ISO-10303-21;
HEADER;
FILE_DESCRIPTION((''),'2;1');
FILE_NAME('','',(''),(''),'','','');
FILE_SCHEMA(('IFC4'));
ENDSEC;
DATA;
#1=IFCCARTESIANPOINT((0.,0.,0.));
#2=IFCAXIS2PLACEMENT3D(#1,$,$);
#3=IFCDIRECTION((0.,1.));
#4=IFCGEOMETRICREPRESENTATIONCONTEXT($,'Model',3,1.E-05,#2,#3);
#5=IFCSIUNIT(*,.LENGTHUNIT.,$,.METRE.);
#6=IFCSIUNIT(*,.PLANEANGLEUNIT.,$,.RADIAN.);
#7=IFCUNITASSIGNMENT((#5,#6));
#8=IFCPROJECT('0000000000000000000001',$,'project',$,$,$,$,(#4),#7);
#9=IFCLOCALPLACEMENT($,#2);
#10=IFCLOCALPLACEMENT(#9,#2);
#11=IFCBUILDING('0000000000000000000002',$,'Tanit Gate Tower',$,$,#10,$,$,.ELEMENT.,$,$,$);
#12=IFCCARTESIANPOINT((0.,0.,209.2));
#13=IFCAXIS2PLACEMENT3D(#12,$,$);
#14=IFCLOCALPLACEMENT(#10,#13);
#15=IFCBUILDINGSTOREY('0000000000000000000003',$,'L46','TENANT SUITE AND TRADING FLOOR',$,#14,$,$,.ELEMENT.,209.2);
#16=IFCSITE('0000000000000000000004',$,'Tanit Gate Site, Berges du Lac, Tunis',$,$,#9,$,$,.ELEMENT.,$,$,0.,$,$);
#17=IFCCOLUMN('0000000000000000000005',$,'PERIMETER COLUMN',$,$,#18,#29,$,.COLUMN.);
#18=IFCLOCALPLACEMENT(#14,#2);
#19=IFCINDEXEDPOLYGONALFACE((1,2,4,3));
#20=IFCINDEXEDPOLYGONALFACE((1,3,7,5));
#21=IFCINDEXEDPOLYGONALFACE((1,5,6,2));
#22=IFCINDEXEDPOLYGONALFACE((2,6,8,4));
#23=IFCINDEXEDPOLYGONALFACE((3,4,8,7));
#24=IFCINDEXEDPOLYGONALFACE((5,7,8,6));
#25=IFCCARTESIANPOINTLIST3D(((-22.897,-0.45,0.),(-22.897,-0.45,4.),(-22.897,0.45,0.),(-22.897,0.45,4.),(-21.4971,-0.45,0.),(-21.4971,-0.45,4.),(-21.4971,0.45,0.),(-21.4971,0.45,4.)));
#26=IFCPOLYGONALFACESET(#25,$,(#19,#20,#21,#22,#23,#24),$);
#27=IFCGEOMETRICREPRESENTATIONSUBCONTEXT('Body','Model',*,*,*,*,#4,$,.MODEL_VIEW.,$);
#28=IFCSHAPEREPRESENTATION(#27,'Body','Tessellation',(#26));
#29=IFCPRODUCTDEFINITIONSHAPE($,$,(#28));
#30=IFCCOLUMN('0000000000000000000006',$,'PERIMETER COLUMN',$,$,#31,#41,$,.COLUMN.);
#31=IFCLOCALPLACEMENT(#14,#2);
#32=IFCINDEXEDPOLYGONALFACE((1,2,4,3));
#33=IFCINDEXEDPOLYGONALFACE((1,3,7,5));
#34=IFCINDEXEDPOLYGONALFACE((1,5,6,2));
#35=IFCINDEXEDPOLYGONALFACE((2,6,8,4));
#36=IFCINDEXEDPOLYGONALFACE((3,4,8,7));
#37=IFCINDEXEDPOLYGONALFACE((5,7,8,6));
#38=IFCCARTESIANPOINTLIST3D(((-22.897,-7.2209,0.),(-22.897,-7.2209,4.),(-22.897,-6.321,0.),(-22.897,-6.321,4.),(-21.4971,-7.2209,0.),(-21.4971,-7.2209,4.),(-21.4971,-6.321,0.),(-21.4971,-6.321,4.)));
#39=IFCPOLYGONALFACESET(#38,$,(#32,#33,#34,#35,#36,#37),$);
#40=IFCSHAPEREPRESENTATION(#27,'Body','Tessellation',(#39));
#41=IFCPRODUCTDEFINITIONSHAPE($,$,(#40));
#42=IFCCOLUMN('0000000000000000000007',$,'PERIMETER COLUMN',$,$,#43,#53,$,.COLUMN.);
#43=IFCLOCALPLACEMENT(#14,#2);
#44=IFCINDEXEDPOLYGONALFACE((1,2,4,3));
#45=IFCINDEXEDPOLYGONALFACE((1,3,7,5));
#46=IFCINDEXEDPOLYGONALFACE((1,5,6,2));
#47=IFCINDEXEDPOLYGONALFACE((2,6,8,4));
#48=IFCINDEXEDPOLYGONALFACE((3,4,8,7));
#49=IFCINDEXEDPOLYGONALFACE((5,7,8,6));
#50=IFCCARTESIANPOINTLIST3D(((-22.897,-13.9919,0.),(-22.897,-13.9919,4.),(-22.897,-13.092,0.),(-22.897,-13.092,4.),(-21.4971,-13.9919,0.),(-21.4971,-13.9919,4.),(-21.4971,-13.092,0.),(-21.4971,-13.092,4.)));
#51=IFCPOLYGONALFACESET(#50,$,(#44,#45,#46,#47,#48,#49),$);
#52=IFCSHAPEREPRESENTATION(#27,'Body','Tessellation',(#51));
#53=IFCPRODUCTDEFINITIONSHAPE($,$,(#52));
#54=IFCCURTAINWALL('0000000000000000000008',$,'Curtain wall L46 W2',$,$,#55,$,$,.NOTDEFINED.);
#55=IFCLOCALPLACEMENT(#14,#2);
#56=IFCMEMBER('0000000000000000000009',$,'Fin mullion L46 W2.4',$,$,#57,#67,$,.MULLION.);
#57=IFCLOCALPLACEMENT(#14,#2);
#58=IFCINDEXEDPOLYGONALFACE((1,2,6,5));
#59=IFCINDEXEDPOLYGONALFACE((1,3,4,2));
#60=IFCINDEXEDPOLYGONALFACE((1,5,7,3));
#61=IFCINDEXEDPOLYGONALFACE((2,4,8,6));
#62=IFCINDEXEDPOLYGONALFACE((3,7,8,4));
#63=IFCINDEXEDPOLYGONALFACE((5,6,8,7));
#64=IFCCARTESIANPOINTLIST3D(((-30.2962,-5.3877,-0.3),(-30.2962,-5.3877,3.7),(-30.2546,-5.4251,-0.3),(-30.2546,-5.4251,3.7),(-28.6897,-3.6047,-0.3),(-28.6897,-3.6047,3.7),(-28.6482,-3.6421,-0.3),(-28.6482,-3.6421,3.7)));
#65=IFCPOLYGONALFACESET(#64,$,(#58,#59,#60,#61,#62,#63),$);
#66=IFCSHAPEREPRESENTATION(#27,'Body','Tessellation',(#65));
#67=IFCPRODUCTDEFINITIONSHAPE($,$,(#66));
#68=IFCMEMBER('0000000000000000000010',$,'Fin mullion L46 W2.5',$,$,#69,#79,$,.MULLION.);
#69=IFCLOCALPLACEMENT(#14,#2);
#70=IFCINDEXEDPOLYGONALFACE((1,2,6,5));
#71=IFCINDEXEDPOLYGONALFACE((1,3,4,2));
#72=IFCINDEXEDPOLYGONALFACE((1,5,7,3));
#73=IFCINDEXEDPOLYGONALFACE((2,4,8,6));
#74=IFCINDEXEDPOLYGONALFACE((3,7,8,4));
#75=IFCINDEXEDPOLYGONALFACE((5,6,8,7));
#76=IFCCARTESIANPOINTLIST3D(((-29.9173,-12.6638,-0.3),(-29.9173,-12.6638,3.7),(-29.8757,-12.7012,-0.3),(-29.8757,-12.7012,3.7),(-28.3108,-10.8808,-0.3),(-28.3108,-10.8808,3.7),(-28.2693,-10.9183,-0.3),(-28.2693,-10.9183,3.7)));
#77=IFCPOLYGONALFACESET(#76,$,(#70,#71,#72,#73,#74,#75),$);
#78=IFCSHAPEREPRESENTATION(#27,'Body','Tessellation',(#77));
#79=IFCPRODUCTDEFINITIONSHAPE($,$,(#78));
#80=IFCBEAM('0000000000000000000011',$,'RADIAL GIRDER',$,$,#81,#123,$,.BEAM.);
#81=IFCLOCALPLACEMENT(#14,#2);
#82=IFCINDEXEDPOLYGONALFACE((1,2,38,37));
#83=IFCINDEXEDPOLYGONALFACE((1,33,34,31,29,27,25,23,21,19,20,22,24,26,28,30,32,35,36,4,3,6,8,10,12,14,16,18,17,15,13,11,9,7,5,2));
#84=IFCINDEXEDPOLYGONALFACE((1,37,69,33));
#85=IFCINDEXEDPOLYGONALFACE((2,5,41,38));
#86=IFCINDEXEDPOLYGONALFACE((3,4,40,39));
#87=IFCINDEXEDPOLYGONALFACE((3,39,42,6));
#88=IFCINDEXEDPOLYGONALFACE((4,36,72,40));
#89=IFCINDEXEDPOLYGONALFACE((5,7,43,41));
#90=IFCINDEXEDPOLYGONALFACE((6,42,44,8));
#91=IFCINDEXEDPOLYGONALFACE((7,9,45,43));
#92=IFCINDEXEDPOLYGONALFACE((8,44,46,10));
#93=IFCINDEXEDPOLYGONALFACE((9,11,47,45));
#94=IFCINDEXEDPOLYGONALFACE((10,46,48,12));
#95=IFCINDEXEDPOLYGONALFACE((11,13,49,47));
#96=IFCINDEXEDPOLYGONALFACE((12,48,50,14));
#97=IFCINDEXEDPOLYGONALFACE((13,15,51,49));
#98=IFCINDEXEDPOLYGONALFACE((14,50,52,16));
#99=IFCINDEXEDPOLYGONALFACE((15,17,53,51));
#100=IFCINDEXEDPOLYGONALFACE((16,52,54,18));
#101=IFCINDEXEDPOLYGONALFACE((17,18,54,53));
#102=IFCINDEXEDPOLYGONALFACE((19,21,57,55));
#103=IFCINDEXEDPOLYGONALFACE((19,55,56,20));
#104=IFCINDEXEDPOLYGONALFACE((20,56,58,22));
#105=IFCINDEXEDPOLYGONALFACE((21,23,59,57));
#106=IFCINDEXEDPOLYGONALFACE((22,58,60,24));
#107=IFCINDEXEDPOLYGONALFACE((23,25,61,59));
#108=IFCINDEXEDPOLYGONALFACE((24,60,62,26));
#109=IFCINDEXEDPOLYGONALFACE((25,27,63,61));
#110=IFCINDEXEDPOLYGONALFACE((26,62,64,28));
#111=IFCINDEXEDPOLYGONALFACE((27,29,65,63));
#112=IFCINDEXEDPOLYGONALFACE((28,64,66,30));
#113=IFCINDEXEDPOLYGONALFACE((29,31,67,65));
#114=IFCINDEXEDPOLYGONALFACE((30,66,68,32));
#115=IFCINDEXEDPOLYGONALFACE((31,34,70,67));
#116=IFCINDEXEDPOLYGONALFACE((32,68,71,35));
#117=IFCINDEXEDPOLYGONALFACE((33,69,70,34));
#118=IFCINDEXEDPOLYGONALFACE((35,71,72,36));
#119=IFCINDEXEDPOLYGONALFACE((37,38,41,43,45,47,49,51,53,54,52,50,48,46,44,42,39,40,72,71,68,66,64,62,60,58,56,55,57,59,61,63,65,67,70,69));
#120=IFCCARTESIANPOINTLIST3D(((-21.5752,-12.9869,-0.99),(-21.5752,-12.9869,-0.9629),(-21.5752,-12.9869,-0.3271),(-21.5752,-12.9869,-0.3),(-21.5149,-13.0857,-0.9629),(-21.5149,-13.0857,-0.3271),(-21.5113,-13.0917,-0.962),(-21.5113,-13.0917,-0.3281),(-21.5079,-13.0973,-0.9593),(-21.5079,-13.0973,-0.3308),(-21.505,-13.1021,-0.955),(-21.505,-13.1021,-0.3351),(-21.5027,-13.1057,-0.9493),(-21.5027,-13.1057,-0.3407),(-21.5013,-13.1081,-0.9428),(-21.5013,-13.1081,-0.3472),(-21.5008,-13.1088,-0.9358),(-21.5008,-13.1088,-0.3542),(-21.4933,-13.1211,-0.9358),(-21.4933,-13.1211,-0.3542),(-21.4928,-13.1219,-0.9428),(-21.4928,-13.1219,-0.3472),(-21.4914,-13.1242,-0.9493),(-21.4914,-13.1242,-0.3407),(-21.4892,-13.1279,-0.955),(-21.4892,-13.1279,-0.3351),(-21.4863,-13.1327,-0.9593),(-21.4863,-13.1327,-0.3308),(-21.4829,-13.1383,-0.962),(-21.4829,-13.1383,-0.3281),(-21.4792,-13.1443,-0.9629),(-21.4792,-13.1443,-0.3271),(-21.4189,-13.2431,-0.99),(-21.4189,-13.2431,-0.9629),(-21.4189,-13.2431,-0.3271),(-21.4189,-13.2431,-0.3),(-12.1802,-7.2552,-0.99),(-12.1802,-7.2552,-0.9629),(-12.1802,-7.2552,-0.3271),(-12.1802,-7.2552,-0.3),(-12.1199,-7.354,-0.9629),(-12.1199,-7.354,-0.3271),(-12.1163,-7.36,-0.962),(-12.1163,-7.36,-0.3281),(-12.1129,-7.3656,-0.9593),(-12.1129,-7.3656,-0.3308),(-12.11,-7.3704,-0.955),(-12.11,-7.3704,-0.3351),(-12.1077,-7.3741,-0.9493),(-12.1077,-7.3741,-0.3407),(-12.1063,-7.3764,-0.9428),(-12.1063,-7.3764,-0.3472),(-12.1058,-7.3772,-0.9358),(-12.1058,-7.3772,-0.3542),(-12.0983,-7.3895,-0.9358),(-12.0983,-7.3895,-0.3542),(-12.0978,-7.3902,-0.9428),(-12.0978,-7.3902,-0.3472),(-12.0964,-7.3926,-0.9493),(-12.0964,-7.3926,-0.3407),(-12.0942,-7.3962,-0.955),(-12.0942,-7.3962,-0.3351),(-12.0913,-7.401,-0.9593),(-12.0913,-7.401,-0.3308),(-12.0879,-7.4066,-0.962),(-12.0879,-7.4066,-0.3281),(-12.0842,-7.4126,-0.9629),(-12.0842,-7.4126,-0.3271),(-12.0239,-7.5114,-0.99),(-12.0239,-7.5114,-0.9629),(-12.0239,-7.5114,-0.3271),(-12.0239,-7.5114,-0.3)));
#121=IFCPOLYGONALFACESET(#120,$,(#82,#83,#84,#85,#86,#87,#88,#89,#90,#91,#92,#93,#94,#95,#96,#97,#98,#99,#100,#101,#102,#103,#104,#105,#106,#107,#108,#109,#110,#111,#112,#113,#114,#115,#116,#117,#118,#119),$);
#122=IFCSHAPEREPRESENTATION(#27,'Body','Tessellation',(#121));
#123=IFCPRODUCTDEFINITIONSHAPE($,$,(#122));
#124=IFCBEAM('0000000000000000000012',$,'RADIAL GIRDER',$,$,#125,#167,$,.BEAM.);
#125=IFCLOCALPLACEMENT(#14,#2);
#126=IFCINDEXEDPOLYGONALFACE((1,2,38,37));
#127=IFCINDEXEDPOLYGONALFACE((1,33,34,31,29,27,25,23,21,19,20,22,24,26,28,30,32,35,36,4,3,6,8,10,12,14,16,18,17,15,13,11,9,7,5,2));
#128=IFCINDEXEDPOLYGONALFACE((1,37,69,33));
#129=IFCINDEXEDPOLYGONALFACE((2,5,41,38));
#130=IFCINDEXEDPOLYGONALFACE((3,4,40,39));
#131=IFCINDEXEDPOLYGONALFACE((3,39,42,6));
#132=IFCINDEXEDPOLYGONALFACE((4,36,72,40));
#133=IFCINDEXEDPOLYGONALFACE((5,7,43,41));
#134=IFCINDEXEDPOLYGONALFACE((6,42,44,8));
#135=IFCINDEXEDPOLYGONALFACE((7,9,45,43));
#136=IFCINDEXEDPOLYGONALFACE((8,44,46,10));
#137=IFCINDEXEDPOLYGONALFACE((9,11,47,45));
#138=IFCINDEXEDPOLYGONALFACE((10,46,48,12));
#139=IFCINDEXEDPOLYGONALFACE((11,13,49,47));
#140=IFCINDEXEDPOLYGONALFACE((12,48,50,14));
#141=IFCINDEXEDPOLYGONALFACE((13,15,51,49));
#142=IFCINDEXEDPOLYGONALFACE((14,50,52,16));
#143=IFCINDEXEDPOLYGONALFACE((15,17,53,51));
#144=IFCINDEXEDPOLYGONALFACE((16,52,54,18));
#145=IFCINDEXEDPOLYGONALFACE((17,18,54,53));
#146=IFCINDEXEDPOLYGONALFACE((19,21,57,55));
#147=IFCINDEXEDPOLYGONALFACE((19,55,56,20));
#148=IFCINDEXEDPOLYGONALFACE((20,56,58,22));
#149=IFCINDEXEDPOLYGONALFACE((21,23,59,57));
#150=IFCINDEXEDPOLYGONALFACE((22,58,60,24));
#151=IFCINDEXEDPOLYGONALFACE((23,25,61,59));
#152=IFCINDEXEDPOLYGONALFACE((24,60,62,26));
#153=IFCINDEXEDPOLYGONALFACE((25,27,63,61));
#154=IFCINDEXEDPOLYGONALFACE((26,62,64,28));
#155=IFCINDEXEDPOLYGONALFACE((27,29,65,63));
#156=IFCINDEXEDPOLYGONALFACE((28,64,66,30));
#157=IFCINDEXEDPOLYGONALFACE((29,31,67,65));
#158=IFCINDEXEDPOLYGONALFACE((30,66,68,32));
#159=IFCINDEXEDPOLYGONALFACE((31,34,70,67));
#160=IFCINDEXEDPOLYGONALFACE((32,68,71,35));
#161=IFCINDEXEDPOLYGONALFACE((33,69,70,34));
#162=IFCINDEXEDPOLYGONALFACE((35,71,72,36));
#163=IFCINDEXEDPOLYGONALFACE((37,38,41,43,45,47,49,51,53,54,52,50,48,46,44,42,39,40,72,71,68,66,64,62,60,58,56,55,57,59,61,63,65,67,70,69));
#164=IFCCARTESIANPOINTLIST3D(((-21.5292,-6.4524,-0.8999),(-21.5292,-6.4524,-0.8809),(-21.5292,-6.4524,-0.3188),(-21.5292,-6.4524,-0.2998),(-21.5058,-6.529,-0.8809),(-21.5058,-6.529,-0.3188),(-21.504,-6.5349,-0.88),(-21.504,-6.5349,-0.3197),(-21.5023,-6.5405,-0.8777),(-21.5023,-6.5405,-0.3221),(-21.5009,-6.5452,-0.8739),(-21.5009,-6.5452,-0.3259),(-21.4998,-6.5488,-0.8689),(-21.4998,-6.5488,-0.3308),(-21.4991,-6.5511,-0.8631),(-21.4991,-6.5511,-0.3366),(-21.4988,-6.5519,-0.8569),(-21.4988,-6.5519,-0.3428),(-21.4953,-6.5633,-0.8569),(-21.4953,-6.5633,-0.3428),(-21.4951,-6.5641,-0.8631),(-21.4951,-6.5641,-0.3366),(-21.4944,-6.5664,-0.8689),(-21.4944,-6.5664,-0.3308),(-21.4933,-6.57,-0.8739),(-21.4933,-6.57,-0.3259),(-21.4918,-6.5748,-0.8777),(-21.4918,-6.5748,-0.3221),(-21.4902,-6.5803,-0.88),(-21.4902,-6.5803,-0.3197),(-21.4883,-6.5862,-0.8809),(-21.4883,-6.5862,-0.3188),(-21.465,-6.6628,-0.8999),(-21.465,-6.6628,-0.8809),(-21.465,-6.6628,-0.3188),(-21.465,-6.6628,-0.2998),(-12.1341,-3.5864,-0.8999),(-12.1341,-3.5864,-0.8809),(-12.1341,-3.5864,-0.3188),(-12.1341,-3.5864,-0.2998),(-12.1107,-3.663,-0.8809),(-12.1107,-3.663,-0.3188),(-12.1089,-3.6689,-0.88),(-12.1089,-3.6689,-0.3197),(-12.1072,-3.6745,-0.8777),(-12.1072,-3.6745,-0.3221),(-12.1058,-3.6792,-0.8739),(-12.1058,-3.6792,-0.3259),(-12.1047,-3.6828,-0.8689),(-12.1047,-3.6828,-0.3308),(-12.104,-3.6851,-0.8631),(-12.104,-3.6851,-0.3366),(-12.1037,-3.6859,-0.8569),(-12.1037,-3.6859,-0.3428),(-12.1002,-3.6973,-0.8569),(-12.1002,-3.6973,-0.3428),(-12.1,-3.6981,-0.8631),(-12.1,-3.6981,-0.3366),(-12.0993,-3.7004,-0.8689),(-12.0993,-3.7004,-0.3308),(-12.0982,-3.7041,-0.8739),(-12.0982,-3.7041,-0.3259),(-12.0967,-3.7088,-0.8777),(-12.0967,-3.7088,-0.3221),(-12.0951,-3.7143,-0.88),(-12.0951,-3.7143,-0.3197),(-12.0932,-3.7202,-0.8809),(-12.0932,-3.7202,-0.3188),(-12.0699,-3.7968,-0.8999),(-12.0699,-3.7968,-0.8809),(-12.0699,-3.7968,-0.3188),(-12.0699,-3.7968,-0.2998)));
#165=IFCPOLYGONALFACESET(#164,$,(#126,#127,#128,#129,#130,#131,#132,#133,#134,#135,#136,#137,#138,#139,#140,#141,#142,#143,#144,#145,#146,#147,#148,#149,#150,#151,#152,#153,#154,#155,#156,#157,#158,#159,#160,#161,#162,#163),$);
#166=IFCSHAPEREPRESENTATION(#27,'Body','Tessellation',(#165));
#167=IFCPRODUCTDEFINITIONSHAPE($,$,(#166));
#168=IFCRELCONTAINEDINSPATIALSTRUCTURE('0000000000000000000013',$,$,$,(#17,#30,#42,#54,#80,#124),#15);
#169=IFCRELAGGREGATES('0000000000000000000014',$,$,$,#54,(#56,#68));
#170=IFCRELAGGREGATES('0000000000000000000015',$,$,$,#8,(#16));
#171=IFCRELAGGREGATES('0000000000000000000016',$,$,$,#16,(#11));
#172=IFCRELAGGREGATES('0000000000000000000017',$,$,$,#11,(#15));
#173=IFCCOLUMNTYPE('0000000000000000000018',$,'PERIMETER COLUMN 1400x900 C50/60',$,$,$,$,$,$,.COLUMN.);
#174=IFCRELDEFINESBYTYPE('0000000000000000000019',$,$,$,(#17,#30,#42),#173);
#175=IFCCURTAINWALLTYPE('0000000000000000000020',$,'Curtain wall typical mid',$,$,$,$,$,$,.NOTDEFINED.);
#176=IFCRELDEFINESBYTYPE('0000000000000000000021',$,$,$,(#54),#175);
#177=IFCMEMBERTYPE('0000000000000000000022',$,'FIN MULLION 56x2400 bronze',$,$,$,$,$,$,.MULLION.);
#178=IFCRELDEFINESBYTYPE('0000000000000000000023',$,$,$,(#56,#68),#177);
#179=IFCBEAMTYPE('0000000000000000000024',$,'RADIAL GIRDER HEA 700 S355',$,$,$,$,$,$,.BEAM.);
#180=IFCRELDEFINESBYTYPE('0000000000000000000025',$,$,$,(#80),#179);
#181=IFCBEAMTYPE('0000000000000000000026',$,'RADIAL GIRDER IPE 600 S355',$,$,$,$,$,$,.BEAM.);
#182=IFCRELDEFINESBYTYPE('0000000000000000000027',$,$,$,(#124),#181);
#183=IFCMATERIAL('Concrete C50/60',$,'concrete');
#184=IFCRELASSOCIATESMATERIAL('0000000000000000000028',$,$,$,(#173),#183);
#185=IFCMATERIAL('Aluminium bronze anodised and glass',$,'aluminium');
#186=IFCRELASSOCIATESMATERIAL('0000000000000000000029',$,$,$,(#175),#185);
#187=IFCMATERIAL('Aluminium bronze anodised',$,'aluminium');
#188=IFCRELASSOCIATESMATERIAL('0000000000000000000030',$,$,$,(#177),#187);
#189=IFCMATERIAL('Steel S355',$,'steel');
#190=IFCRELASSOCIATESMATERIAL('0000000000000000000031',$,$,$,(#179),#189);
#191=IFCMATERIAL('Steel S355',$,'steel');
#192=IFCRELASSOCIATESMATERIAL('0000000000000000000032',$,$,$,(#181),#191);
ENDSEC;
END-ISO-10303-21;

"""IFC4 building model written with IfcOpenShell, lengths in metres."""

from ifc_helpers import new_model, si_unit, direction, frame, origin, origin_2d, place, context, subcontext, project, spatial, rectangle, i_section, extrude, material, material_profile, profile_set, type_object, element, aggregate, save


model = new_model("IFC4")

# Units and contexts
model_context = context("Model", 3, precision=1e-05, world=origin(), true_north=direction((0.0, 1.0)))
body_context = subcontext(model_context, "Body", "Model", "MODEL_VIEW")
ifc_project = project(units=[si_unit("LENGTHUNIT", "METRE"), si_unit("PLANEANGLEUNIT", "RADIAN")], contexts=[model_context])

# Site, building, storey
site_placement = place(None, origin())
site = spatial("IfcSite", under=ifc_project, at=site_placement, Name="Tanit Gate Site, Berges du Lac, Tunis", CompositionType="ELEMENT", RefElevation=0.0)
building_placement = place(site_placement, origin())
building = spatial("IfcBuilding", under=site, at=building_placement, Name="Tanit Gate Tower", CompositionType="ELEMENT")
storey_placement = place(building_placement, frame((0.0, 0.0, 209.2)))
storey = spatial("IfcBuildingStorey", under=building, at=storey_placement, Name="L46", Description="TENANT SUITE AND TRADING FLOOR", CompositionType="ELEMENT", Elevation=209.2)

# Columns
ifc_material_1 = material(Name="Concrete C50/60", Category="concrete")
ifc_material_profile_1 = material_profile(ifc_material_1, rectangle(XDim=1.3999, YDim=0.8999, at=origin_2d()), Name="RC 1400x900")
ifc_profile_set_1 = profile_set([ifc_material_profile_1], Name="Concrete C50/60")
column_type = type_object("IfcColumnType", Name="PERIMETER COLUMN 1400x900 C50/60", PredefinedType="COLUMN", material=ifc_profile_set_1)
for number, where, z_axis, x_axis, name in (
    (1, (-22.197, 0.0, 0.0), (0.0, 0.0, 1.0), (-1.0, 0.0, 0.0), "PERIMETER COLUMN"),
    (2, (-22.197, -6.771, 0.0), (0.0, 0.0, 1.0), (-1.0, 0.0, 0.0), "PERIMETER COLUMN"),
    (3, (-22.197, -13.542, 0.0), (0.0, 0.0, 1.0), (-1.0, 0.0, 0.0), "PERIMETER COLUMN"),
):
    element("IfcColumn", number, at=place(storey_placement, frame(where, z_axis=z_axis, x_axis=x_axis)), inside=storey, type_object=column_type, Name=name, PredefinedType="COLUMN", context=body_context, shape_type="SweptSolid", body=[
        extrude(rectangle(XDim=1.3999, YDim=0.8999, at=origin_2d()), origin(), (0.0, 0.0, 1.0), 4.0),
    ])

# Curtain wall, members
ifc_material_2 = material(Name="Aluminium bronze anodised and glass", Category="aluminium")
curtain_wall_type = type_object("IfcCurtainWallType", Name="Curtain wall typical mid", PredefinedType="NOTDEFINED", material=ifc_material_2)
curtain_wall_placement = place(storey_placement, origin())
curtain_wall = element("IfcCurtainWall", 4, at=curtain_wall_placement, inside=storey, type_object=curtain_wall_type, Name="Curtain wall L46 W2", PredefinedType="NOTDEFINED")
ifc_material_3 = material(Name="Aluminium bronze anodised", Category="aluminium")
ifc_material_profile_2 = material_profile(ifc_material_3, rectangle(XDim=2.3999, YDim=0.0559, at=origin_2d()), Name="56x2400 bronze fin mullion")
ifc_profile_set_2 = profile_set([ifc_material_profile_2], Name="Aluminium bronze anodised")
member_type_1 = type_object("IfcMemberType", Name="FIN MULLION 56x2400 bronze", PredefinedType="MULLION", material=ifc_profile_set_2)
member_1_placement = place(storey_placement, frame((-29.4722, -4.5149, -0.3), z_axis=(0.0, 0.0, 1.0), x_axis=(0.669378, 0.742922, 0.0)))
member_1 = element("IfcMember", 5, at=member_1_placement, type_object=member_type_1, Name="Fin mullion L46 W2.4", PredefinedType="MULLION", context=body_context, shape_type="SweptSolid", body=[
    extrude(rectangle(XDim=2.3999, YDim=0.0559, at=origin_2d()), origin(), (0.0, 0.0, 1.0), 4.0),
])
member_2_placement = place(storey_placement, frame((-29.0933, -11.791, -0.3), z_axis=(0.0, 0.0, 1.0), x_axis=(0.669378, 0.742922, 0.0)))
member_2 = element("IfcMember", 6, at=member_2_placement, type_object=member_type_1, Name="Fin mullion L46 W2.5", PredefinedType="MULLION", context=body_context, shape_type="SweptSolid", body=[
    extrude(rectangle(XDim=2.3999, YDim=0.0559, at=origin_2d()), origin(), (0.0, 0.0, 1.0), 4.0),
])

# Beams
ifc_material_4 = material(Name="Steel S355", Category="steel")
ifc_material_profile_3 = material_profile(ifc_material_4, i_section(OverallWidth=0.3, OverallDepth=0.6899, WebThickness=0.0144, FlangeThickness=0.0271, FilletRadius=0.0271, at=origin_2d()), Name="HEA 700")
ifc_profile_set_3 = profile_set([ifc_material_profile_3], Name="Steel S355")
beam_type_1 = type_object("IfcBeamType", Name="RADIAL GIRDER HEA 700 S355", PredefinedType="BEAM", material=ifc_profile_set_3)
beam_1_placement = place(storey_placement, frame((-21.4971, -13.115, -0.645), z_axis=(0.853674, 0.520807, 0.0), x_axis=(-0.520807, 0.853674, 0.0)))
element("IfcBeam", 7, at=beam_1_placement, inside=storey, type_object=beam_type_1, Name="RADIAL GIRDER", PredefinedType="BEAM", context=body_context, shape_type="SweptSolid", body=[
    extrude(i_section(OverallWidth=0.3, OverallDepth=0.6899, WebThickness=0.0144, FlangeThickness=0.0271, FilletRadius=0.0271, at=origin_2d()), origin(), (0.0, 0.0, 1.0), 11.0054),
])
ifc_material_5 = material(Name="Steel S355", Category="steel")
ifc_material_profile_4 = material_profile(ifc_material_5, i_section(OverallWidth=0.22, OverallDepth=0.6001, WebThickness=0.012, FlangeThickness=0.019, FilletRadius=0.0239, at=origin_2d()), Name="IPE 600")
ifc_profile_set_4 = profile_set([ifc_material_profile_4], Name="Steel S355")
beam_type_2 = type_object("IfcBeamType", Name="RADIAL GIRDER IPE 600 S355", PredefinedType="BEAM", material=ifc_profile_set_4)
beam_2_placement = place(storey_placement, frame((-21.4971, -6.5576, -0.5999), z_axis=(0.956486, 0.291778, 0.0), x_axis=(-0.291778, 0.956486, 0.0)))
element("IfcBeam", 8, at=beam_2_placement, inside=storey, type_object=beam_type_2, Name="RADIAL GIRDER", PredefinedType="BEAM", context=body_context, shape_type="SweptSolid", body=[
    extrude(i_section(OverallWidth=0.22, OverallDepth=0.6001, WebThickness=0.012, FlangeThickness=0.019, FilletRadius=0.0239, at=origin_2d()), origin(), (0.0, 0.0, 1.0), 9.8225),
])

aggregate(curtain_wall, [member_1, member_2])

save(model, "model.ifc")
